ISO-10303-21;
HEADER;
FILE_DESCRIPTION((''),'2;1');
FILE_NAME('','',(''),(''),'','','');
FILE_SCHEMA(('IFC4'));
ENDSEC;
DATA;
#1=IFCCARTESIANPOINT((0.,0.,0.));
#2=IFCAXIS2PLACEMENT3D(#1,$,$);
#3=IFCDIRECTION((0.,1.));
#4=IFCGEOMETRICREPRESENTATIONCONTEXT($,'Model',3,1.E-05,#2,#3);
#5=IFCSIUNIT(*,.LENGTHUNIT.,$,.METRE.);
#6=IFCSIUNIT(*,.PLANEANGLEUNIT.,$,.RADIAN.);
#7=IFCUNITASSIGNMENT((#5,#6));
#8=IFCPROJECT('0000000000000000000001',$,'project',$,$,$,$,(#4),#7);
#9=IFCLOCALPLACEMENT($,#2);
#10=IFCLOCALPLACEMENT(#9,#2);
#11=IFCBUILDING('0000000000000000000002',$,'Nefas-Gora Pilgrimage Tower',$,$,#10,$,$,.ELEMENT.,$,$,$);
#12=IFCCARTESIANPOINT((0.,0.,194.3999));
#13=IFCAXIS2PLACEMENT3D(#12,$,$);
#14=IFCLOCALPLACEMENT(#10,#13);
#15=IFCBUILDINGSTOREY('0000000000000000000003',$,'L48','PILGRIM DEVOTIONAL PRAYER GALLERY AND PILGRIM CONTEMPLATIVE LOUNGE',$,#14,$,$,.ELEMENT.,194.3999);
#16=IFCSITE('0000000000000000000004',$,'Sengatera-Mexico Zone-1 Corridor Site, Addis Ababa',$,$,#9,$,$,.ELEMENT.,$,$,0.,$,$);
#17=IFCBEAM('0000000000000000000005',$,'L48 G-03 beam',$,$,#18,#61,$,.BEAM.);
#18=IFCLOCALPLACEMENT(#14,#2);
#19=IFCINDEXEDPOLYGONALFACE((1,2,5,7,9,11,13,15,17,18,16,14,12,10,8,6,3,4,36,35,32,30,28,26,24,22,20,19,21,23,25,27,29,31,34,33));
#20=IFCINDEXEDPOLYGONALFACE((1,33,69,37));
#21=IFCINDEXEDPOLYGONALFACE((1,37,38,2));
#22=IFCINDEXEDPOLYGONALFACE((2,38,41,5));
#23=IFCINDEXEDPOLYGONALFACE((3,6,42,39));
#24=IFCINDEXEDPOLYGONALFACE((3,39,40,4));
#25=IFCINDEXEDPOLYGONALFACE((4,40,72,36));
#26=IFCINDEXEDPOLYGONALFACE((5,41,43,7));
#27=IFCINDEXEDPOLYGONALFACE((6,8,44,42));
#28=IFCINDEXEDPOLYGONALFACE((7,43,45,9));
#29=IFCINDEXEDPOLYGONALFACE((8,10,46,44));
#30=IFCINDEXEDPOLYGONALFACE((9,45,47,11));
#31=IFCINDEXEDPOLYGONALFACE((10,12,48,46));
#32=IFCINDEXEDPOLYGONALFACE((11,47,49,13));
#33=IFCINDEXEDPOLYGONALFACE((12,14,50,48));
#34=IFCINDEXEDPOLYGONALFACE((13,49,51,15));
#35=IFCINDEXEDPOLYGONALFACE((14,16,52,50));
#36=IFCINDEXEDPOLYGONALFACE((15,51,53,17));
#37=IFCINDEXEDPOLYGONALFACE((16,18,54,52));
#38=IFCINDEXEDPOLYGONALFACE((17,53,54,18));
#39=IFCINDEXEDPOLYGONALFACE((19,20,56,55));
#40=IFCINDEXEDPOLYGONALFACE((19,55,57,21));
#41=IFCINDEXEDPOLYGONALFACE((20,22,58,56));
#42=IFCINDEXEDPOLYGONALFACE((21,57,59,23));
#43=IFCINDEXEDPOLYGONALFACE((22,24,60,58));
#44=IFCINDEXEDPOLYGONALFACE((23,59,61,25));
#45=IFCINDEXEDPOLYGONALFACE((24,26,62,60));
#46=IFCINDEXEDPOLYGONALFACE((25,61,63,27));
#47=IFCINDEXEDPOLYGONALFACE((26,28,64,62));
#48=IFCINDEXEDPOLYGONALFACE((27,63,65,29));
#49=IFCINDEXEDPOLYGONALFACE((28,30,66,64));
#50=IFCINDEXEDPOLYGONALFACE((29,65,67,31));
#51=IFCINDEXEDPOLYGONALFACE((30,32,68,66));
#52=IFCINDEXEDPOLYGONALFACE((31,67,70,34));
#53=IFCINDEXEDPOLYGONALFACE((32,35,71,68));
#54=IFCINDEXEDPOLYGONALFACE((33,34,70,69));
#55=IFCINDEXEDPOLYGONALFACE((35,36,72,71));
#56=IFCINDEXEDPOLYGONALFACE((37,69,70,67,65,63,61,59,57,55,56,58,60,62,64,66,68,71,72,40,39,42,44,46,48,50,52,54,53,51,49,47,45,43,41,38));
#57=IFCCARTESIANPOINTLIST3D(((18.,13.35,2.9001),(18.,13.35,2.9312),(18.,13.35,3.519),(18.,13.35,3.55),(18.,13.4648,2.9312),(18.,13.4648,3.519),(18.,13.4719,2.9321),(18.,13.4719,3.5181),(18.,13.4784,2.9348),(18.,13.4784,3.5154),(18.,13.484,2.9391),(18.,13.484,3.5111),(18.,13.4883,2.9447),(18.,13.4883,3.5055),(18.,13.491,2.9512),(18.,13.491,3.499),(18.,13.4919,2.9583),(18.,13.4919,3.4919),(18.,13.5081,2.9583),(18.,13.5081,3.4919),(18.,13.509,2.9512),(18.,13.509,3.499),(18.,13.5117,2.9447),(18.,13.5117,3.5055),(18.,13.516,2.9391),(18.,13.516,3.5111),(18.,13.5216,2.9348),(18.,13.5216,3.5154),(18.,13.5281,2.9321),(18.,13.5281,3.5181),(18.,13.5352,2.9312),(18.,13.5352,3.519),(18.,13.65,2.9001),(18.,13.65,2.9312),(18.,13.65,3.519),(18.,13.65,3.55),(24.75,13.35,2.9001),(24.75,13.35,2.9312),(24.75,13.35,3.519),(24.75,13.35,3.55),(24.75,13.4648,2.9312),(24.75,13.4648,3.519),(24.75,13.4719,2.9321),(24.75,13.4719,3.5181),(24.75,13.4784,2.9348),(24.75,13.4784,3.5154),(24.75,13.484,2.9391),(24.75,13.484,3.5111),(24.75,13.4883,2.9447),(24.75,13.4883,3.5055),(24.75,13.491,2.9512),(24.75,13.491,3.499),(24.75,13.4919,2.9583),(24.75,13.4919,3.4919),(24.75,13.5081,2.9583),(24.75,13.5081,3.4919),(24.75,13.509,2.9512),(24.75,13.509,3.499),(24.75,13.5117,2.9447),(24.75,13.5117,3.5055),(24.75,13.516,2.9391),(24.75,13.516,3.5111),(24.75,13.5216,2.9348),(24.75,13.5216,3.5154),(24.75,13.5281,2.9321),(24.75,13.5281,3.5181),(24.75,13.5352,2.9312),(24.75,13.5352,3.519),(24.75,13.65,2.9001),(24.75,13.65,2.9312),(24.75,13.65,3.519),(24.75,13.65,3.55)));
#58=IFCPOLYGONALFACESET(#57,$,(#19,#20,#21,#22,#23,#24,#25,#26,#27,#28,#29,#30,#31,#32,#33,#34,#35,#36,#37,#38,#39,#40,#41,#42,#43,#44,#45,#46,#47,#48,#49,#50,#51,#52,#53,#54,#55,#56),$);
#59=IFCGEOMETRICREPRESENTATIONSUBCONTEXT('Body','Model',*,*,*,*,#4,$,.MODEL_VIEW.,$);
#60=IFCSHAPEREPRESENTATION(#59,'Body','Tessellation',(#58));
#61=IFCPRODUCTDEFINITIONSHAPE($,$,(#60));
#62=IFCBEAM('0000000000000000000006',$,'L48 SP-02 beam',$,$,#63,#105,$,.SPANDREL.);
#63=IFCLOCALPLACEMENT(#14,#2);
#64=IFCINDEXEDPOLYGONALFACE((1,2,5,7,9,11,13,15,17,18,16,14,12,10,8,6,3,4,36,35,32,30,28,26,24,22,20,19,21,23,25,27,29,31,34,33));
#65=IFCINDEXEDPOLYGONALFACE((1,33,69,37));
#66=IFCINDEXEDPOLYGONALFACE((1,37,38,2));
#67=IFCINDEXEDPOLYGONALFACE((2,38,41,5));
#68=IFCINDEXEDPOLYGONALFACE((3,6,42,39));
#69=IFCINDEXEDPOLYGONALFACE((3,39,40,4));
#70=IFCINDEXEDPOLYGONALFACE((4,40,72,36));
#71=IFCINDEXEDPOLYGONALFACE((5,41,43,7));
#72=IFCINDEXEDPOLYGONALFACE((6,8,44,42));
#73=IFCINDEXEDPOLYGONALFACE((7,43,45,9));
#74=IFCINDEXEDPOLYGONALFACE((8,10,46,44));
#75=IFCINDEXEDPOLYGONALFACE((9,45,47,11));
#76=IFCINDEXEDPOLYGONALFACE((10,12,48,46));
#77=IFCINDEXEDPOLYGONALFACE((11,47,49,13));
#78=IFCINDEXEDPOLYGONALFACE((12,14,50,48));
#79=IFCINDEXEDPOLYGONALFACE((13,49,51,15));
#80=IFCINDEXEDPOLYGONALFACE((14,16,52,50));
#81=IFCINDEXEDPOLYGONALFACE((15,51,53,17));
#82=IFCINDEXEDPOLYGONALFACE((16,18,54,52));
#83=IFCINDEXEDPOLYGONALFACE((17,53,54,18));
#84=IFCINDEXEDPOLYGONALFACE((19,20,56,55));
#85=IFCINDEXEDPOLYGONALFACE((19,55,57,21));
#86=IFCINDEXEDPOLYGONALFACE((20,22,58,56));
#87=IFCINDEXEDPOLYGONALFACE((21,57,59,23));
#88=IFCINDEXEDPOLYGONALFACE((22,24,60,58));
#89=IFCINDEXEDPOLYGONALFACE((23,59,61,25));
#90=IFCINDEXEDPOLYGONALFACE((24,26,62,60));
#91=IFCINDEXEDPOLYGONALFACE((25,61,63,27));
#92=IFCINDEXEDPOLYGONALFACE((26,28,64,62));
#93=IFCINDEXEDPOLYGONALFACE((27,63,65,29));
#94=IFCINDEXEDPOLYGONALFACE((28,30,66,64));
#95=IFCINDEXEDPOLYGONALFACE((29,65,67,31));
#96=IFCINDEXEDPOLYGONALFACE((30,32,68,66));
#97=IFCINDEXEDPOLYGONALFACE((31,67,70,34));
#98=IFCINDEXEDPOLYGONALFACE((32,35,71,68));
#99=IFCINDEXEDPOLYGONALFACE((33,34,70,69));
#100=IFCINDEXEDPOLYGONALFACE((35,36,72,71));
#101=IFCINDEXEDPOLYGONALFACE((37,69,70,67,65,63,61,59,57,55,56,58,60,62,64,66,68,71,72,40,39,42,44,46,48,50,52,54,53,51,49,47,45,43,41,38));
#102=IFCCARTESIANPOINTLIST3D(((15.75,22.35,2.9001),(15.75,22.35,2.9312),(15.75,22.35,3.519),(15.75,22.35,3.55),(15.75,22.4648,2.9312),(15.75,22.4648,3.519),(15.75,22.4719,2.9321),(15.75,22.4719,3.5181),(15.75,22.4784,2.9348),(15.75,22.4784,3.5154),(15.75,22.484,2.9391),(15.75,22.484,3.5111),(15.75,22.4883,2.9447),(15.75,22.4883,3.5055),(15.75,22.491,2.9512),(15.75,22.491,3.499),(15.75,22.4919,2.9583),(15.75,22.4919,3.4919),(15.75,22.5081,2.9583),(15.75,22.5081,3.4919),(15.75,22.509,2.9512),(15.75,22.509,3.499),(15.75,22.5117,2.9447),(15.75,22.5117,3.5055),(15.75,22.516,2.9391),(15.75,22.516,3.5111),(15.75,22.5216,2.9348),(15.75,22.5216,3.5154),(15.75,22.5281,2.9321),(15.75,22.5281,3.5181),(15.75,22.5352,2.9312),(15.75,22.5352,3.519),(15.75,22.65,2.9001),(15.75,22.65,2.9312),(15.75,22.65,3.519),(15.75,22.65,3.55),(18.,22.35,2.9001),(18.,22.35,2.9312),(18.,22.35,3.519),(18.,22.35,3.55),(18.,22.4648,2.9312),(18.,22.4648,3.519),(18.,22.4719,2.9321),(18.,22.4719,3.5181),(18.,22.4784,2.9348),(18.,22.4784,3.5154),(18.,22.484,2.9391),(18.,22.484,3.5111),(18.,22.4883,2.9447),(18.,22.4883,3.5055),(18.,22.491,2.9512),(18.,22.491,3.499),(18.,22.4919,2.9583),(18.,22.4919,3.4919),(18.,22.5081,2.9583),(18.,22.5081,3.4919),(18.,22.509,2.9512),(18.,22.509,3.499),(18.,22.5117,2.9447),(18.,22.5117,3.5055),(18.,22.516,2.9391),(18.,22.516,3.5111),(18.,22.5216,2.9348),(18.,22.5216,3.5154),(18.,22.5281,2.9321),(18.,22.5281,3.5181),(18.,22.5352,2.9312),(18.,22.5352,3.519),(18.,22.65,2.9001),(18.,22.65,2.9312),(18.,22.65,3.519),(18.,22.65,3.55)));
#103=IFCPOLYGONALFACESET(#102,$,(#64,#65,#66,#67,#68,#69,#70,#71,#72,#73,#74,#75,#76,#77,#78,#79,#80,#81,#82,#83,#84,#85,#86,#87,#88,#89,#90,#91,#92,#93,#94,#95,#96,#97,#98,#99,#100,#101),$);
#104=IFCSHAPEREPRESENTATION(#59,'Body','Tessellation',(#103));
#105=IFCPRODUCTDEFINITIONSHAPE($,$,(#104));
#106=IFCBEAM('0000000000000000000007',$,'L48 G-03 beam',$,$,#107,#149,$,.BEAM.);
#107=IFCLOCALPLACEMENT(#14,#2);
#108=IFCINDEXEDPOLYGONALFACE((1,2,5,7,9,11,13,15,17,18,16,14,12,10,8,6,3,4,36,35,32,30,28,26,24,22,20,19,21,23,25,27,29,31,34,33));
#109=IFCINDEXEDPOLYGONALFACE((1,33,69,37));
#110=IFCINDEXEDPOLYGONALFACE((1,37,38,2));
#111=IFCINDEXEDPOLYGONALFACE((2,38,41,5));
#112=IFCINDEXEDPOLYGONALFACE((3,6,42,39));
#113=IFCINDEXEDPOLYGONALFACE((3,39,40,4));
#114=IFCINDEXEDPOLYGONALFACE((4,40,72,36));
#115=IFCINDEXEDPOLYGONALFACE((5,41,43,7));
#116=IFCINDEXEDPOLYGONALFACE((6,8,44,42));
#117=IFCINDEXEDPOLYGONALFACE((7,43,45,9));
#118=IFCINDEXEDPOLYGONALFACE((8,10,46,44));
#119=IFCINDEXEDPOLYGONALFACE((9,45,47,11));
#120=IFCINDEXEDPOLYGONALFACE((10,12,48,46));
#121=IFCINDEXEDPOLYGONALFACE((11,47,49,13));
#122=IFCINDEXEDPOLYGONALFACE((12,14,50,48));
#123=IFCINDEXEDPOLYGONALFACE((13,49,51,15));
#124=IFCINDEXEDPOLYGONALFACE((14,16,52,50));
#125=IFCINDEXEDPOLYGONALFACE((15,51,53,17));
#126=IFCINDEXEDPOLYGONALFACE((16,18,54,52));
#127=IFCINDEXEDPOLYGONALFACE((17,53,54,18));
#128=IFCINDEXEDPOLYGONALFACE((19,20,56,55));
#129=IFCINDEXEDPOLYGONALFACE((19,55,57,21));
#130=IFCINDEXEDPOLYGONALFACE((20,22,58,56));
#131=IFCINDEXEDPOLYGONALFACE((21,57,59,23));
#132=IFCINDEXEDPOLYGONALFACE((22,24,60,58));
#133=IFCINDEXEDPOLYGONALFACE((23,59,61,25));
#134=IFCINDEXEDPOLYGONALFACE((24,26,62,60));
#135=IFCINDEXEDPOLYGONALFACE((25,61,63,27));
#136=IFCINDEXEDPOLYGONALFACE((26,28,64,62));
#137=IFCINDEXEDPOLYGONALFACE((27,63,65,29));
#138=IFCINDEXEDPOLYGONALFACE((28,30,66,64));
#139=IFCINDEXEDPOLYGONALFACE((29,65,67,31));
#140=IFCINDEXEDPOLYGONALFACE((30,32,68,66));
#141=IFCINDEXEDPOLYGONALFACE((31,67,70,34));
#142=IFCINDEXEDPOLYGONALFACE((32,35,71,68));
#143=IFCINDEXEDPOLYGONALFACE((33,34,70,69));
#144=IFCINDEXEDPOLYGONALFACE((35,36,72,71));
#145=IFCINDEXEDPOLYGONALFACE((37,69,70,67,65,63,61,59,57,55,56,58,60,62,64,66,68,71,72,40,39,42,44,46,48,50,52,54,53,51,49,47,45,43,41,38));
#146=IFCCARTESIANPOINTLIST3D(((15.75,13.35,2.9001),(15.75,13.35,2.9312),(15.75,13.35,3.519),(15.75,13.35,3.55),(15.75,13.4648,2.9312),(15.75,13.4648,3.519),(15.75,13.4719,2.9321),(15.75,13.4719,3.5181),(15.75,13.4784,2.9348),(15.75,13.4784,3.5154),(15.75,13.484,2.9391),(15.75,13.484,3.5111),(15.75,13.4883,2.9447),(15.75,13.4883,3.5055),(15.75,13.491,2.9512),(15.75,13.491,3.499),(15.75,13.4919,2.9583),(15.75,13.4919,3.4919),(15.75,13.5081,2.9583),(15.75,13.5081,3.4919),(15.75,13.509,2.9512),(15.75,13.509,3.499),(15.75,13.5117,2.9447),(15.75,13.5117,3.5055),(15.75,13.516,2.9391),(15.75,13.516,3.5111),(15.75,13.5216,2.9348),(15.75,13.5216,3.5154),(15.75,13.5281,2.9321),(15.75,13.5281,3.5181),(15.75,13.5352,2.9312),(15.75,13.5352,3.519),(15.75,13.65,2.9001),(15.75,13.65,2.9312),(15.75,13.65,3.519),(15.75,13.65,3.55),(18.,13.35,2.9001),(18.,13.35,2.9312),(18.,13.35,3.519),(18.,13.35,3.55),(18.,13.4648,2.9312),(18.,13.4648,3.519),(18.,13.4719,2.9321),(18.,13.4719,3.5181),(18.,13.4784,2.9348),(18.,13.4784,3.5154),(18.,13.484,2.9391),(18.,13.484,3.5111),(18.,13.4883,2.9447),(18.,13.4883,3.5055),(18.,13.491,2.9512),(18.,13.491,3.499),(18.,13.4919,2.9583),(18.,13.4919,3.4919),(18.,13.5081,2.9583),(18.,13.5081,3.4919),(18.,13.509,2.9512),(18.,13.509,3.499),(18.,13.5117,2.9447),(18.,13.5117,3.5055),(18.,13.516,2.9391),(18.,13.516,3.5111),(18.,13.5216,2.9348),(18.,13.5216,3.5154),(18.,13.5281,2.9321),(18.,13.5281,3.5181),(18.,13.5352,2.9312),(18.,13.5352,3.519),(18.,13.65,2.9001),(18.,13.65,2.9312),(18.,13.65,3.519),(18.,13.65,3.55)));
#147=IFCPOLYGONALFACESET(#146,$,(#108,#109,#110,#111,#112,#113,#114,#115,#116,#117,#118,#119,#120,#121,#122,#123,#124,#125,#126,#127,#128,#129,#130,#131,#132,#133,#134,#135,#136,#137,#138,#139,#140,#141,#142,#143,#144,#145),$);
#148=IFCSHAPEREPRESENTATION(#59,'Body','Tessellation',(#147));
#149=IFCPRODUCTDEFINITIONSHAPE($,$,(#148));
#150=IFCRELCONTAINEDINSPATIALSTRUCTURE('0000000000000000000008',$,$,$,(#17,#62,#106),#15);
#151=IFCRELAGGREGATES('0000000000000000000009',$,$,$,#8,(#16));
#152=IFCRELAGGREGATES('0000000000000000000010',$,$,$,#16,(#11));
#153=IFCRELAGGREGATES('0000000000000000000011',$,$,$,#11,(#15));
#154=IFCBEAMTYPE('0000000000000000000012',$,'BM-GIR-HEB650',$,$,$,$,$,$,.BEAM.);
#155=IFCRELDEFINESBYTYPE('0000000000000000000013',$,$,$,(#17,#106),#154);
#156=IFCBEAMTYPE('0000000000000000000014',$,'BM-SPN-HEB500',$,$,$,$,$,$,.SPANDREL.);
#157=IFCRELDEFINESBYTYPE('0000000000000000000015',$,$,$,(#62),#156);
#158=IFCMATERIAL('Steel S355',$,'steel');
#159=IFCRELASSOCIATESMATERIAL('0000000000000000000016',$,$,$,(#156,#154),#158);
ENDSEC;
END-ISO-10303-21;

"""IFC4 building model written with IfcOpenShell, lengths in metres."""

from ifc_helpers import new_model, si_unit, direction, frame, origin, origin_2d, place, context, subcontext, project, spatial, i_section, extrude, source, transform, mapped, material, material_profile, profile_set, type_object, element, save


model = new_model("IFC4")

# Units and contexts
model_context = context("Model", 3, precision=1e-05, world=origin(), true_north=direction((0.0, 1.0)))
body_context = subcontext(model_context, "Body", "Model", "MODEL_VIEW")
ifc_project = project(units=[si_unit("LENGTHUNIT", "METRE"), si_unit("PLANEANGLEUNIT", "RADIAN")], contexts=[model_context])

# Site, building, storey
site_placement = place(None, origin())
site = spatial("IfcSite", under=ifc_project, at=site_placement, Name="Sengatera-Mexico Zone-1 Corridor Site, Addis Ababa", CompositionType="ELEMENT", RefElevation=0.0)
building_placement = place(site_placement, origin())
building = spatial("IfcBuilding", under=site, at=building_placement, Name="Nefas-Gora Pilgrimage Tower", CompositionType="ELEMENT")
storey_placement = place(building_placement, frame((0.0, 0.0, 194.3999)))
storey = spatial("IfcBuildingStorey", under=building, at=storey_placement, Name="L48", Description="PILGRIM DEVOTIONAL PRAYER GALLERY AND PILGRIM CONTEMPLATIVE LOUNGE", CompositionType="ELEMENT", Elevation=194.3999)

# Beams
ifc_material_1 = material(Name="Steel S355", Category="steel")
ifc_material_profile_1 = material_profile(ifc_material_1, i_section(OverallWidth=0.3, OverallDepth=0.6499, WebThickness=0.0161, FlangeThickness=0.031, FilletRadius=0.0271, at=origin_2d()), Name="HEB 650")
ifc_profile_set_1 = profile_set([ifc_material_profile_1], Name="Steel S355")
beam_type_1 = type_object("IfcBeamType", Name="BM-SPN-HEB500", PredefinedType="SPANDREL", material=ifc_profile_set_1)
ifc_material_profile_2 = material_profile(ifc_material_1, i_section(OverallWidth=0.3, OverallDepth=0.6499, WebThickness=0.0161, FlangeThickness=0.031, FilletRadius=0.0271, at=origin_2d()), Name="HEB 650")
ifc_profile_set_2 = profile_set([ifc_material_profile_2], Name="Steel S355")
beam_type_2 = type_object("IfcBeamType", Name="BM-GIR-HEB650", PredefinedType="BEAM", material=ifc_profile_set_2)
shared_shape_1 = source(origin(), body_context, "Body", "SweptSolid", [
    extrude(i_section(OverallWidth=0.3, OverallDepth=0.6499, WebThickness=0.0161, FlangeThickness=0.031, FilletRadius=0.0271, at=origin_2d()), origin(), (0.0, 0.0, 1.0), 6.75),
])
for number, where, z_axis, x_axis, name in (
    (1, (18.0, 13.5, 3.2251), (1.0, 0.0, 0.0), (0.0, 1.0, 0.0), "L48 G-03 beam"),
):
    element("IfcBeam", number, at=place(storey_placement, frame(where, z_axis=z_axis, x_axis=x_axis)), inside=storey, type_object=beam_type_2, Name=name, PredefinedType="BEAM", context=body_context, shape_type="MappedRepresentation", body=[
        mapped(shared_shape_1, transform((0.0, 0.0, 0.0), x_axis=(1.0, 0.0, 0.0), y_axis=(0.0, 1.0, 0.0), z_axis=(0.0, 0.0, 1.0), scale=1.0)),
    ])
shared_shape_2 = source(origin(), body_context, "Body", "SweptSolid", [
    extrude(i_section(OverallWidth=0.3, OverallDepth=0.6499, WebThickness=0.0161, FlangeThickness=0.031, FilletRadius=0.0271, at=origin_2d()), origin(), (0.0, 0.0, 1.0), 2.25),
])
beam_1_placement = place(storey_placement, frame((15.75, 22.5, 3.2251), z_axis=(1.0, 0.0, 0.0), x_axis=(0.0, 1.0, 0.0)))
element("IfcBeam", 2, at=beam_1_placement, inside=storey, type_object=beam_type_1, Name="L48 SP-02 beam", PredefinedType="SPANDREL", context=body_context, shape_type="MappedRepresentation", body=[
    mapped(shared_shape_2, transform((0.0, 0.0, 0.0), x_axis=(1.0, 0.0, 0.0), y_axis=(0.0, 1.0, 0.0), z_axis=(0.0, 0.0, 1.0), scale=1.0)),
])
shared_shape_3 = source(origin(), body_context, "Body", "SweptSolid", [
    extrude(i_section(OverallWidth=0.3, OverallDepth=0.6499, WebThickness=0.0161, FlangeThickness=0.031, FilletRadius=0.0271, at=origin_2d()), origin(), (0.0, 0.0, 1.0), 2.25),
])
beam_2_placement = place(storey_placement, frame((15.75, 13.5, 3.2251), z_axis=(1.0, 0.0, 0.0), x_axis=(0.0, 1.0, 0.0)))
element("IfcBeam", 3, at=beam_2_placement, inside=storey, type_object=beam_type_2, Name="L48 G-03 beam", PredefinedType="BEAM", context=body_context, shape_type="MappedRepresentation", body=[
    mapped(shared_shape_3, transform((0.0, 0.0, 0.0), x_axis=(1.0, 0.0, 0.0), y_axis=(0.0, 1.0, 0.0), z_axis=(0.0, 0.0, 1.0), scale=1.0)),
])

save(model, "model.ifc")
